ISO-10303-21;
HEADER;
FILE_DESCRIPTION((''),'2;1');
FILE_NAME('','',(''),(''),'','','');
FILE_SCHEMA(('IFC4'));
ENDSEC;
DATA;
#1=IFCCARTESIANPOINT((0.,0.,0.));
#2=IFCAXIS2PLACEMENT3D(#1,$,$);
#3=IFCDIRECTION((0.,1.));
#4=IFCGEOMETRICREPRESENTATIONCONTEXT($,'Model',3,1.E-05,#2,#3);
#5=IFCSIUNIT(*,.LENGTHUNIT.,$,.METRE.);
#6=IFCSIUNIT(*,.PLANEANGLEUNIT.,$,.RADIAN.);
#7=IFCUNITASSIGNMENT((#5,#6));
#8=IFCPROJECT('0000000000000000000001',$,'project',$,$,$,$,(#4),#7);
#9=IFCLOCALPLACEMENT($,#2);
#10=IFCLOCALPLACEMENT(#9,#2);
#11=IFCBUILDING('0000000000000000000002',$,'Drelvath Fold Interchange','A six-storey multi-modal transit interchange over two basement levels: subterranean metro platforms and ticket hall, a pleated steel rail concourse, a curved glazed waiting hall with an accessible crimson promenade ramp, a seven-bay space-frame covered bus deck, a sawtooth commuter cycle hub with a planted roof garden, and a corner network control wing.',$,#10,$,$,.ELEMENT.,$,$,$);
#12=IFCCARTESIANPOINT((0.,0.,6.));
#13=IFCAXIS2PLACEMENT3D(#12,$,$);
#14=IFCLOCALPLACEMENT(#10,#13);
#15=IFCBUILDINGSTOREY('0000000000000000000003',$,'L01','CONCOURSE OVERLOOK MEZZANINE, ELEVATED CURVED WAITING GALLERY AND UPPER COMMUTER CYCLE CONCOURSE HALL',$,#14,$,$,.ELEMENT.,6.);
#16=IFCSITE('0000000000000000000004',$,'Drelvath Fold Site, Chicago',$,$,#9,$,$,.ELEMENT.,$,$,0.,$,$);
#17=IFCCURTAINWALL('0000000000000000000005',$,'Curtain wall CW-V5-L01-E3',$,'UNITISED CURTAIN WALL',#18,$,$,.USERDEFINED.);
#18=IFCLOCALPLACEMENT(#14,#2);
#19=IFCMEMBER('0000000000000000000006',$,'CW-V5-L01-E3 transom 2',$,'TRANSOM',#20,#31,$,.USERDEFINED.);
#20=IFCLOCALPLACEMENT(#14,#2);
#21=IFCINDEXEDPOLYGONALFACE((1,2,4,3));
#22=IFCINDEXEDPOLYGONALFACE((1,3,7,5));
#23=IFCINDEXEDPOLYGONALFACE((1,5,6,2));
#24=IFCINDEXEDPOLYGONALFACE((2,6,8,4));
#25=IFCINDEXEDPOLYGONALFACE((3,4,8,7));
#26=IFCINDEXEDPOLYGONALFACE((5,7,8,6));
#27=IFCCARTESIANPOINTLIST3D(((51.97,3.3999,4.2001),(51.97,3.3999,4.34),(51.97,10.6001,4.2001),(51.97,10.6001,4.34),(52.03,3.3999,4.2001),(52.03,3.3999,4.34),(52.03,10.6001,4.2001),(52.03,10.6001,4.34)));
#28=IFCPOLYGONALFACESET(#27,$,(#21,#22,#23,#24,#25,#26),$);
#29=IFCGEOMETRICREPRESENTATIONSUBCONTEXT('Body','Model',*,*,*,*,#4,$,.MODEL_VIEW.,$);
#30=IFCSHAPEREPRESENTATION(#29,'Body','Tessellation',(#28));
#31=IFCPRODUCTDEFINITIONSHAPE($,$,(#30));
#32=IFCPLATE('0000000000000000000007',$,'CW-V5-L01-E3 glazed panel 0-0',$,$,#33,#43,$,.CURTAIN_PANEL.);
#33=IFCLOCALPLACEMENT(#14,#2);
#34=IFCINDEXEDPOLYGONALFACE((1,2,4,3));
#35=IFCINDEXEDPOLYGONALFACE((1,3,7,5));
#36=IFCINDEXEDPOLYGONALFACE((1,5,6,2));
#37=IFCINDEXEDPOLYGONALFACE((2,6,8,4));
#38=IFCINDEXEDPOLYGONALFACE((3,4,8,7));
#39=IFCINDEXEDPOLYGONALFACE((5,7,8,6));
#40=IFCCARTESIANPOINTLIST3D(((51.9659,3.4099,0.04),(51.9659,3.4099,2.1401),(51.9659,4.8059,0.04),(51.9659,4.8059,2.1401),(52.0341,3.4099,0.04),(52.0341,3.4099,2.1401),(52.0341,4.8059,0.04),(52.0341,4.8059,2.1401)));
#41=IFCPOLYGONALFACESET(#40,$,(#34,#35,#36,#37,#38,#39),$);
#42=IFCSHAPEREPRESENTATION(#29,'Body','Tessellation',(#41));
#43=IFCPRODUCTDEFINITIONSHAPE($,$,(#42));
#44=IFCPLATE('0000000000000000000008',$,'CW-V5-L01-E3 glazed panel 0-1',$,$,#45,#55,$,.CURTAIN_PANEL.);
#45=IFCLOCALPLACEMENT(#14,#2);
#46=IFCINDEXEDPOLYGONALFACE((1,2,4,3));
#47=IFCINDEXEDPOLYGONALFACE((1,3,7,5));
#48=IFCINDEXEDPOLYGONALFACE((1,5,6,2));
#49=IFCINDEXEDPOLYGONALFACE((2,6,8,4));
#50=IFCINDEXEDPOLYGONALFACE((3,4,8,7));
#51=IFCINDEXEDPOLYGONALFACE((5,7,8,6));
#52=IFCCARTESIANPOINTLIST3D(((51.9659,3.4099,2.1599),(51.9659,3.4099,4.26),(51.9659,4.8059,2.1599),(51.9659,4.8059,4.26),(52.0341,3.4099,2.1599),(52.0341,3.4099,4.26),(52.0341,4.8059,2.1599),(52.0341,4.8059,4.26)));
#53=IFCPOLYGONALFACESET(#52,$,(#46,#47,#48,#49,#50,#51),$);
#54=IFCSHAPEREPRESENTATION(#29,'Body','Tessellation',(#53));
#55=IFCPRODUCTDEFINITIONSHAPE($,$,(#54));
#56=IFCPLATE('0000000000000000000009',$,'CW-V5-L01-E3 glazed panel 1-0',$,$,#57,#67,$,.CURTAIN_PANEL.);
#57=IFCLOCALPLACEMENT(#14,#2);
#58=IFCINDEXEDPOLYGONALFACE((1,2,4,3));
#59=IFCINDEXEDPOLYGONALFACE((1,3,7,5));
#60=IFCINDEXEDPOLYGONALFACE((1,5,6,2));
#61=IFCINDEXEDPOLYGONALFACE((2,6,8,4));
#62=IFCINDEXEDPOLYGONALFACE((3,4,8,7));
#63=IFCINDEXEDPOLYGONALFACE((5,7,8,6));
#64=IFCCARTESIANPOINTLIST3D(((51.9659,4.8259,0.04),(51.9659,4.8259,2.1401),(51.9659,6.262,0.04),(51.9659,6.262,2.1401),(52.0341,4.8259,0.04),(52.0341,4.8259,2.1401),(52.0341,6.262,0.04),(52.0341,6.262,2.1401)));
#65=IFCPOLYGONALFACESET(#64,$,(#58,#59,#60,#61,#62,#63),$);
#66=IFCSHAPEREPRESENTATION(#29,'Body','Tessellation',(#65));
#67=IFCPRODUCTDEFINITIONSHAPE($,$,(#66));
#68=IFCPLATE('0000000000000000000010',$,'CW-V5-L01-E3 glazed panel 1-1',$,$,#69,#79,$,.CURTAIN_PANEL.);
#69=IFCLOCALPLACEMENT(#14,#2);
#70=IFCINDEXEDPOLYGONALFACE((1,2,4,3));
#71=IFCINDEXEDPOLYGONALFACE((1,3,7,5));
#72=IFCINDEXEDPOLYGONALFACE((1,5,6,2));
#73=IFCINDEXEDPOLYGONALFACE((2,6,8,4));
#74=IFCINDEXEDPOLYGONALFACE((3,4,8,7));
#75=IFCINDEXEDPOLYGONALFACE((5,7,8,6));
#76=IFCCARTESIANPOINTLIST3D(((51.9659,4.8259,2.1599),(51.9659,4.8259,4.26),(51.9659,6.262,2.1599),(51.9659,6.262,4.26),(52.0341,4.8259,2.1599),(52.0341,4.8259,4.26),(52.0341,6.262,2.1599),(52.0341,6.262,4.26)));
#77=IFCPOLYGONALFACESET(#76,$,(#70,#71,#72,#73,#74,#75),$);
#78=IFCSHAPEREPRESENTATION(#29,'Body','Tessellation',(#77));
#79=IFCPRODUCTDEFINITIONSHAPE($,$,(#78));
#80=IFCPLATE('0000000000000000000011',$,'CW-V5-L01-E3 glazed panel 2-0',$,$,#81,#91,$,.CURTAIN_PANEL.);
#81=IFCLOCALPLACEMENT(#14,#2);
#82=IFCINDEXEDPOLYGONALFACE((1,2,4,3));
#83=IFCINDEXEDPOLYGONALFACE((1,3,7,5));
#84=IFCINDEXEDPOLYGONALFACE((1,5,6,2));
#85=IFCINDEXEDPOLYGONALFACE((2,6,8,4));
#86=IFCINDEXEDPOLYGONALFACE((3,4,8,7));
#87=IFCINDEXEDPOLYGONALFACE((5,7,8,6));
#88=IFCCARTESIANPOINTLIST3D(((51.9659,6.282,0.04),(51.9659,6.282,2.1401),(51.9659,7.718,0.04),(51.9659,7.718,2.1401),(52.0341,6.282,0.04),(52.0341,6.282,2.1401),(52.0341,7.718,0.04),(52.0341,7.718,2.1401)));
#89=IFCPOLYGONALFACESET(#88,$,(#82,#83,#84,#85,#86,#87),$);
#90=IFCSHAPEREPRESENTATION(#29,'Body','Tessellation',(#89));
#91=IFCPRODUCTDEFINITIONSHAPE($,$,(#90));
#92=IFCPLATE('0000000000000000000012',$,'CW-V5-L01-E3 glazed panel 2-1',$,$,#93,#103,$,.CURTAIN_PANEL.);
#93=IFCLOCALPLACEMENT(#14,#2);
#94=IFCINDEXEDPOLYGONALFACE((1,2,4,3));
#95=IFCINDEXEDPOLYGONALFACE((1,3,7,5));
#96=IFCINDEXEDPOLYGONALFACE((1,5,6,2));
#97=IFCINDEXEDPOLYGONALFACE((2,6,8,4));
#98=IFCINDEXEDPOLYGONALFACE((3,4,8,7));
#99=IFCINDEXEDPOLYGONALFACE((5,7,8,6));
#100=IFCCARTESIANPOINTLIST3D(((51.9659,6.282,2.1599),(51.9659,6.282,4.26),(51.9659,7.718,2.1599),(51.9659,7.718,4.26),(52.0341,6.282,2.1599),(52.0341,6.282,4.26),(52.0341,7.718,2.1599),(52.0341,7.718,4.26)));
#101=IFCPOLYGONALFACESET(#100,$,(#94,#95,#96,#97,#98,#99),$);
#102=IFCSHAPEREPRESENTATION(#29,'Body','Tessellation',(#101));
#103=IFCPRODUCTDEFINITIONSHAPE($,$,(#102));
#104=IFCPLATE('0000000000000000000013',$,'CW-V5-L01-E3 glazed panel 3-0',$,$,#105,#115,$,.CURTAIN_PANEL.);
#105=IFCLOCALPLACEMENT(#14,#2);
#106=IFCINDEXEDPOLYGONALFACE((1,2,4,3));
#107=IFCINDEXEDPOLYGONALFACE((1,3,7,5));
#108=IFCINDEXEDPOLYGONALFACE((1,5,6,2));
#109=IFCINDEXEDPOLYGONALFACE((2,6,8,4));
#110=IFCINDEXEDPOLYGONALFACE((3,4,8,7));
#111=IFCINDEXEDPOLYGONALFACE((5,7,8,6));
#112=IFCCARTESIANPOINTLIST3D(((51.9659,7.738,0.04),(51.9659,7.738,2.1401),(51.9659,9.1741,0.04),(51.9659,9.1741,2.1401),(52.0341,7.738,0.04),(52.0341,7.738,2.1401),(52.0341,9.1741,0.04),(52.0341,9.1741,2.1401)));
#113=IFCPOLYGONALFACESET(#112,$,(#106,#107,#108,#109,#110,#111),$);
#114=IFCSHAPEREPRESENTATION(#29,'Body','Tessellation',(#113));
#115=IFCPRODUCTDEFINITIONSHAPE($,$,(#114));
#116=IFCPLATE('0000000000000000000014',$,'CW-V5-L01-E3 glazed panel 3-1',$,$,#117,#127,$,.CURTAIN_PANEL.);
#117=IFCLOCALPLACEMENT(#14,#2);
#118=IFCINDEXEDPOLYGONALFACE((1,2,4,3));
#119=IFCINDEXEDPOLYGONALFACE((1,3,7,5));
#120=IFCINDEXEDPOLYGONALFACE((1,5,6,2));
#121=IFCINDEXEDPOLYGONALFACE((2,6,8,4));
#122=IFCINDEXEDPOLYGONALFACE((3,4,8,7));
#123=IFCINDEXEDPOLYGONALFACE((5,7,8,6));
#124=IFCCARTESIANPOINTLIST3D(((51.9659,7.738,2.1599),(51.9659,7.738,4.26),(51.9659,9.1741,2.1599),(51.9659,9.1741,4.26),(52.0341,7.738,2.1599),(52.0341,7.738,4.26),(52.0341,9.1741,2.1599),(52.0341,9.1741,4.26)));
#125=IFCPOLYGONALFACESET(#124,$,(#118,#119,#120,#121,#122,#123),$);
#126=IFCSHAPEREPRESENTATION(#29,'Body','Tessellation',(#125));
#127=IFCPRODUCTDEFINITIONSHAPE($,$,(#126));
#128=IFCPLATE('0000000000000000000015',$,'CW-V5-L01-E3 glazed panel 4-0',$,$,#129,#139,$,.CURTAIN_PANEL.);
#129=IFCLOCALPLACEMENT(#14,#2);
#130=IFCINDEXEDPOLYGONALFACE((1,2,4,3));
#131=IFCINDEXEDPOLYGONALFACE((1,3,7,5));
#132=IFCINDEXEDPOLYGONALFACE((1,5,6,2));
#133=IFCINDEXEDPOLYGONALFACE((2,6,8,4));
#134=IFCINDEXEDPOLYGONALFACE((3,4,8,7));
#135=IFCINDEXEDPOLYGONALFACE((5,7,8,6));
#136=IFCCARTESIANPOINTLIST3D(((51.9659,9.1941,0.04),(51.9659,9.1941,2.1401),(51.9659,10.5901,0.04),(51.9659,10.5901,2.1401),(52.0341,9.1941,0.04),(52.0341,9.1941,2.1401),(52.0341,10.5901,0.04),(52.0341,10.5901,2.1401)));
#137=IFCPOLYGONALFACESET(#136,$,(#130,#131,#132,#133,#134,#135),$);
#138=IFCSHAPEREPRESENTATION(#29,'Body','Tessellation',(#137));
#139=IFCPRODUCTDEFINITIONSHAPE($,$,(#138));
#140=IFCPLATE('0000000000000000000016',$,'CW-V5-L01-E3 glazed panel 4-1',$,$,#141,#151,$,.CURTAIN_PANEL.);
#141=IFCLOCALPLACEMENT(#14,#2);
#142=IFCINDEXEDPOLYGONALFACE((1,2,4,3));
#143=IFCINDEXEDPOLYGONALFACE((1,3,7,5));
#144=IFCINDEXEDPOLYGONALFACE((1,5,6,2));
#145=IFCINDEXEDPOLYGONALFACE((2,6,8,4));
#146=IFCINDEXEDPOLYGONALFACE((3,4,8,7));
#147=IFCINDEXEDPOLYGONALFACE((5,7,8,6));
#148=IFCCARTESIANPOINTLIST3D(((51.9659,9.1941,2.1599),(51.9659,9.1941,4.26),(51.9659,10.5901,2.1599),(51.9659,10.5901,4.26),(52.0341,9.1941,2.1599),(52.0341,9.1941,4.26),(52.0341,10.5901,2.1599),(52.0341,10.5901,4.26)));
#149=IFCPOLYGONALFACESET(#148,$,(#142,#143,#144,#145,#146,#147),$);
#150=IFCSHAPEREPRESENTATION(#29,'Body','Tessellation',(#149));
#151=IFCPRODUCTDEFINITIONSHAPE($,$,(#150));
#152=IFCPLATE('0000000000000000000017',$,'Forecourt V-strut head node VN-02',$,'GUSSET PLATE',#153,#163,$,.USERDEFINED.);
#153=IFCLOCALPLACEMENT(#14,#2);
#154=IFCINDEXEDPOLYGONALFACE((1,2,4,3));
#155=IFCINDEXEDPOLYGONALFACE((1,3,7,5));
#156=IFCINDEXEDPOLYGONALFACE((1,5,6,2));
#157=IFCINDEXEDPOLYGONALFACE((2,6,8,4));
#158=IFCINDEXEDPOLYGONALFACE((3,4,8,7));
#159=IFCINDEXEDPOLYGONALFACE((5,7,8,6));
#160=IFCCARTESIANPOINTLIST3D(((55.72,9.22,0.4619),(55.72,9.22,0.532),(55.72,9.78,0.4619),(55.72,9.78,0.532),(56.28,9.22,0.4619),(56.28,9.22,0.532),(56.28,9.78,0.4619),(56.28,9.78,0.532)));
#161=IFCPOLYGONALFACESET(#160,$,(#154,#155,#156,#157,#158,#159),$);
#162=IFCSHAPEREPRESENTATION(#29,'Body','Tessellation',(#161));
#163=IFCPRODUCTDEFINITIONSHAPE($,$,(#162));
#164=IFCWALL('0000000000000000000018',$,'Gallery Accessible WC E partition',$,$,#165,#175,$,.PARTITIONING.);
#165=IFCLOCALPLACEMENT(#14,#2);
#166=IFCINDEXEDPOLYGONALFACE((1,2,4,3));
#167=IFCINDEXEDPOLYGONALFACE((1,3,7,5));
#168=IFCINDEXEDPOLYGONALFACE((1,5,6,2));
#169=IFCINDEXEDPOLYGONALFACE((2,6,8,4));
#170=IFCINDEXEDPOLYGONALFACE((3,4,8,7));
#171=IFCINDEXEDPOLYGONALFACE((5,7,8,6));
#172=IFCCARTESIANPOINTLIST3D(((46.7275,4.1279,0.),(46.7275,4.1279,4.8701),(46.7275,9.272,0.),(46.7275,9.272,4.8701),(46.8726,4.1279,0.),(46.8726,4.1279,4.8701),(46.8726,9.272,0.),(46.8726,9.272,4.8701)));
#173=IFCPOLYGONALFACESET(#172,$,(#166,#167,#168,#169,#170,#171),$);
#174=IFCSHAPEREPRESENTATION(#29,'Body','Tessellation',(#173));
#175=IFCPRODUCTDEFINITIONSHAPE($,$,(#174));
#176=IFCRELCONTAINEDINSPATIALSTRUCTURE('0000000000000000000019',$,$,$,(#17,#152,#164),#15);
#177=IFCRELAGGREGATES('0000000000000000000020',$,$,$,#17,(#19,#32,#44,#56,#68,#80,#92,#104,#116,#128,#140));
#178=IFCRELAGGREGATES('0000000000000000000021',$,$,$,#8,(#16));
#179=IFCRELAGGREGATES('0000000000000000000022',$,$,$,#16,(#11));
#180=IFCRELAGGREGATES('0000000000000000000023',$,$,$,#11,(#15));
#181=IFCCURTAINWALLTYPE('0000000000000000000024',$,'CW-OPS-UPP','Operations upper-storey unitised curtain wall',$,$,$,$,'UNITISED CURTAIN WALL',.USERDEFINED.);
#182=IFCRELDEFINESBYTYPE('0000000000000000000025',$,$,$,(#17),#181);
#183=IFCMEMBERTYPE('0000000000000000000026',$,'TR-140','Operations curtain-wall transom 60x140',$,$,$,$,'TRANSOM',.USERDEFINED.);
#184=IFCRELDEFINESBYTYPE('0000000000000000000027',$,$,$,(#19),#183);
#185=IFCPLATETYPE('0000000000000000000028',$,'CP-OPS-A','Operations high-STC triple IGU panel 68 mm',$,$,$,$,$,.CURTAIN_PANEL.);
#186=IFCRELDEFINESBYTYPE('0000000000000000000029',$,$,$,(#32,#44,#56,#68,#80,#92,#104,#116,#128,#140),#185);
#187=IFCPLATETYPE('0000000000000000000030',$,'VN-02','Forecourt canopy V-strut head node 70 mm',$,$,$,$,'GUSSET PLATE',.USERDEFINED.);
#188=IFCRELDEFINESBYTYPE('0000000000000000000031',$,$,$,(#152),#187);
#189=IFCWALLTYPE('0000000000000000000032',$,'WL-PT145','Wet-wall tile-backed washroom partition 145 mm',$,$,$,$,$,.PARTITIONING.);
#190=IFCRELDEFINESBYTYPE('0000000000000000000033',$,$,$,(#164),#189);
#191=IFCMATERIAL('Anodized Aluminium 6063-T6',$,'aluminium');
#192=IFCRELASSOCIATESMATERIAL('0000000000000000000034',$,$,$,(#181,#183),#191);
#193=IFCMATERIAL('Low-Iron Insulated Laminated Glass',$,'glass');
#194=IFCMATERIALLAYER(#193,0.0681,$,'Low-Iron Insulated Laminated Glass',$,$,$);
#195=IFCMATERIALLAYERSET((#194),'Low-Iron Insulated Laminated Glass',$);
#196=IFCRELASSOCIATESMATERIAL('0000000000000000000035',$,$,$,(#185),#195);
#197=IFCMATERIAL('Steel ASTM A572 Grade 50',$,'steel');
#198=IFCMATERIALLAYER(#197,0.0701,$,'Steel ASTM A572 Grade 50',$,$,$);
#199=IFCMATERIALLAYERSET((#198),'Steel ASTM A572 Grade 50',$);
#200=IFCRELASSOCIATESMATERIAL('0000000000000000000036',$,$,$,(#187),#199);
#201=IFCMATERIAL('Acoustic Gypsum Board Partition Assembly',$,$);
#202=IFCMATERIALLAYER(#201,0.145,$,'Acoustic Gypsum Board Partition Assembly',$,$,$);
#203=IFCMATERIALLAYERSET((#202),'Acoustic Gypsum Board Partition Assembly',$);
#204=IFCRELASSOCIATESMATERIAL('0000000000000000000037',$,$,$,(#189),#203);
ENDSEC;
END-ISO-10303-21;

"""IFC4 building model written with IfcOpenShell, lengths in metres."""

from ifc_helpers import new_model, si_unit, direction, frame, frame_2d, origin, origin_2d, place, context, subcontext, project, spatial, rectangle, extrude, material, layer, layer_set, material_profile, profile_set, type_object, element, aggregate, save


model = new_model("IFC4")

# Units and contexts
model_context = context("Model", 3, precision=1e-05, world=origin(), true_north=direction((0.0, 1.0)))
body_context = subcontext(model_context, "Body", "Model", "MODEL_VIEW")
ifc_project = project(units=[si_unit("LENGTHUNIT", "METRE"), si_unit("PLANEANGLEUNIT", "RADIAN")], contexts=[model_context])

# Site, building, storey
site_placement = place(None, origin())
site = spatial("IfcSite", under=ifc_project, at=site_placement, Name="Drelvath Fold Site, Chicago", CompositionType="ELEMENT", RefElevation=0.0)
building_placement = place(site_placement, origin())
building = spatial("IfcBuilding", under=site, at=building_placement, Name="Drelvath Fold Interchange", Description="A six-storey multi-modal transit interchange over two basement levels: subterranean metro platforms and ticket hall, a pleated steel rail concourse, a curved glazed waiting hall with an accessible crimson promenade ramp, a seven-bay space-frame covered bus deck, a sawtooth commuter cycle hub with a planted roof garden, and a corner network control wing.", CompositionType="ELEMENT")
storey_placement = place(building_placement, frame((0.0, 0.0, 6.0)))
storey = spatial("IfcBuildingStorey", under=building, at=storey_placement, Name="L01", Description="CONCOURSE OVERLOOK MEZZANINE, ELEVATED CURVED WAITING GALLERY AND UPPER COMMUTER CYCLE CONCOURSE HALL", CompositionType="ELEMENT", Elevation=6.0)

# Curtain wall, member, plates
ifc_material_1 = material(Name="Anodized Aluminium 6063-T6", Category="aluminium")
curtain_wall_type = type_object("IfcCurtainWallType", Name="CW-OPS-UPP", Description="Operations upper-storey unitised curtain wall", ElementType="UNITISED CURTAIN WALL", PredefinedType="USERDEFINED", material=ifc_material_1)
curtain_wall_placement = place(storey_placement, origin())
curtain_wall = element("IfcCurtainWall", 1, at=curtain_wall_placement, inside=storey, type_object=curtain_wall_type, Name="Curtain wall CW-V5-L01-E3", ObjectType="UNITISED CURTAIN WALL", PredefinedType="USERDEFINED")
ifc_material_profile_1 = material_profile(ifc_material_1, rectangle(XDim=0.0601, YDim=0.1399, at=origin_2d()), Name="AL-T 60x140")
ifc_profile_set_1 = profile_set([ifc_material_profile_1], Name="Anodized Aluminium 6063-T6")
member_type_1 = type_object("IfcMemberType", Name="TR-140", Description="Operations curtain-wall transom 60x140", ElementType="TRANSOM", PredefinedType="USERDEFINED", material=ifc_profile_set_1)
member_1_placement = place(storey_placement, frame((52.0, 3.3999, 4.27), z_axis=(0.0, 1.0, 0.0), x_axis=(-1.0, 0.0, 0.0)))
member_1 = element("IfcMember", 2, at=member_1_placement, type_object=member_type_1, Name="CW-V5-L01-E3 transom 2", ObjectType="TRANSOM", PredefinedType="USERDEFINED", context=body_context, shape_type="SweptSolid", body=[
    extrude(rectangle(XDim=0.0601, YDim=0.1399, at=origin_2d()), origin(), (0.0, 0.0, 1.0), 7.2002),
])
ifc_material_2 = material(Name="Low-Iron Insulated Laminated Glass", Category="glass")
ifc_layer_1 = layer(ifc_material_2, 0.0681, Name="Low-Iron Insulated Laminated Glass")
ifc_layer_set_1 = layer_set([ifc_layer_1], Name="Low-Iron Insulated Laminated Glass")
plate_type_1 = type_object("IfcPlateType", Name="CP-OPS-A", Description="Operations high-STC triple IGU panel 68 mm", PredefinedType="CURTAIN_PANEL", material=ifc_layer_set_1)
plate_1_placement = place(storey_placement, frame((52.0, 4.1079, 0.04), z_axis=(0.0, 0.0, 1.0), x_axis=(0.0, 1.0, 0.0)))
plate_1 = element("IfcPlate", 3, at=plate_1_placement, type_object=plate_type_1, Name="CW-V5-L01-E3 glazed panel 0-0", PredefinedType="CURTAIN_PANEL", context=body_context, shape_type="SweptSolid", body=[
    extrude(rectangle(XDim=1.396, YDim=0.0681, at=origin_2d()), origin(), (0.0, 0.0, 1.0), 2.1001),
])
plate_2_placement = place(storey_placement, frame((52.0, 4.1079, 2.1599), z_axis=(0.0, 0.0, 1.0), x_axis=(0.0, 1.0, 0.0)))
plate_2 = element("IfcPlate", 4, at=plate_2_placement, type_object=plate_type_1, Name="CW-V5-L01-E3 glazed panel 0-1", PredefinedType="CURTAIN_PANEL", context=body_context, shape_type="SweptSolid", body=[
    extrude(rectangle(XDim=1.396, YDim=0.0681, at=origin_2d()), origin(), (0.0, 0.0, 1.0), 2.1001),
])
plate_3_placement = place(storey_placement, frame((52.0, 5.5439, 0.04), z_axis=(0.0, 0.0, 1.0), x_axis=(0.0, 1.0, 0.0)))
plate_3 = element("IfcPlate", 5, at=plate_3_placement, type_object=plate_type_1, Name="CW-V5-L01-E3 glazed panel 1-0", PredefinedType="CURTAIN_PANEL", context=body_context, shape_type="SweptSolid", body=[
    extrude(rectangle(XDim=1.436, YDim=0.0681, at=origin_2d()), origin(), (0.0, 0.0, 1.0), 2.1001),
])
plate_4_placement = place(storey_placement, frame((52.0, 5.5439, 2.1599), z_axis=(0.0, 0.0, 1.0), x_axis=(0.0, 1.0, 0.0)))
plate_4 = element("IfcPlate", 6, at=plate_4_placement, type_object=plate_type_1, Name="CW-V5-L01-E3 glazed panel 1-1", PredefinedType="CURTAIN_PANEL", context=body_context, shape_type="SweptSolid", body=[
    extrude(rectangle(XDim=1.436, YDim=0.0681, at=origin_2d()), origin(), (0.0, 0.0, 1.0), 2.1001),
])
plate_5_placement = place(storey_placement, frame((52.0, 7.0, 0.04), z_axis=(0.0, 0.0, 1.0), x_axis=(0.0, 1.0, 0.0)))
plate_5 = element("IfcPlate", 7, at=plate_5_placement, type_object=plate_type_1, Name="CW-V5-L01-E3 glazed panel 2-0", PredefinedType="CURTAIN_PANEL", context=body_context, shape_type="SweptSolid", body=[
    extrude(rectangle(XDim=1.436, YDim=0.0681, at=origin_2d()), origin(), (0.0, 0.0, 1.0), 2.1001),
])
plate_6_placement = place(storey_placement, frame((52.0, 7.0, 2.1599), z_axis=(0.0, 0.0, 1.0), x_axis=(0.0, 1.0, 0.0)))
plate_6 = element("IfcPlate", 8, at=plate_6_placement, type_object=plate_type_1, Name="CW-V5-L01-E3 glazed panel 2-1", PredefinedType="CURTAIN_PANEL", context=body_context, shape_type="SweptSolid", body=[
    extrude(rectangle(XDim=1.436, YDim=0.0681, at=origin_2d()), origin(), (0.0, 0.0, 1.0), 2.1001),
])
plate_7_placement = place(storey_placement, frame((52.0, 8.4561, 0.04), z_axis=(0.0, 0.0, 1.0), x_axis=(0.0, 1.0, 0.0)))
plate_7 = element("IfcPlate", 9, at=plate_7_placement, type_object=plate_type_1, Name="CW-V5-L01-E3 glazed panel 3-0", PredefinedType="CURTAIN_PANEL", context=body_context, shape_type="SweptSolid", body=[
    extrude(rectangle(XDim=1.436, YDim=0.0681, at=origin_2d()), origin(), (0.0, 0.0, 1.0), 2.1001),
])
plate_8_placement = place(storey_placement, frame((52.0, 8.4561, 2.1599), z_axis=(0.0, 0.0, 1.0), x_axis=(0.0, 1.0, 0.0)))
plate_8 = element("IfcPlate", 10, at=plate_8_placement, type_object=plate_type_1, Name="CW-V5-L01-E3 glazed panel 3-1", PredefinedType="CURTAIN_PANEL", context=body_context, shape_type="SweptSolid", body=[
    extrude(rectangle(XDim=1.436, YDim=0.0681, at=origin_2d()), origin(), (0.0, 0.0, 1.0), 2.1001),
])
plate_9_placement = place(storey_placement, frame((52.0, 9.8921, 0.04), z_axis=(0.0, 0.0, 1.0), x_axis=(0.0, 1.0, 0.0)))
plate_9 = element("IfcPlate", 11, at=plate_9_placement, type_object=plate_type_1, Name="CW-V5-L01-E3 glazed panel 4-0", PredefinedType="CURTAIN_PANEL", context=body_context, shape_type="SweptSolid", body=[
    extrude(rectangle(XDim=1.396, YDim=0.0681, at=origin_2d()), origin(), (0.0, 0.0, 1.0), 2.1001),
])
plate_10_placement = place(storey_placement, frame((52.0, 9.8921, 2.1599), z_axis=(0.0, 0.0, 1.0), x_axis=(0.0, 1.0, 0.0)))
plate_10 = element("IfcPlate", 12, at=plate_10_placement, type_object=plate_type_1, Name="CW-V5-L01-E3 glazed panel 4-1", PredefinedType="CURTAIN_PANEL", context=body_context, shape_type="SweptSolid", body=[
    extrude(rectangle(XDim=1.396, YDim=0.0681, at=origin_2d()), origin(), (0.0, 0.0, 1.0), 2.1001),
])
aggregate(curtain_wall, [member_1, plate_1, plate_2, plate_3, plate_4, plate_5, plate_6, plate_7, plate_8, plate_9, plate_10])

# Plate
ifc_material_3 = material(Name="Steel ASTM A572 Grade 50", Category="steel")
ifc_layer_2 = layer(ifc_material_3, 0.0701, Name="Steel ASTM A572 Grade 50")
ifc_layer_set_2 = layer_set([ifc_layer_2], Name="Steel ASTM A572 Grade 50")
plate_type_2 = type_object("IfcPlateType", Name="VN-02", Description="Forecourt canopy V-strut head node 70 mm", ElementType="GUSSET PLATE", PredefinedType="USERDEFINED", material=ifc_layer_set_2)
plate_11_placement = place(storey_placement, frame((56.0, 9.5, 0.4619), z_axis=(0.0, 0.0, 1.0), x_axis=(1.0, 0.0, 0.0)))
element("IfcPlate", 13, at=plate_11_placement, inside=storey, type_object=plate_type_2, Name="Forecourt V-strut head node VN-02", ObjectType="GUSSET PLATE", PredefinedType="USERDEFINED", context=body_context, shape_type="SweptSolid", body=[
    extrude(rectangle(XDim=0.5601, YDim=0.5601, at=origin_2d()), origin(), (0.0, 0.0, 1.0), 0.0701),
])

# Wall
ifc_material_4 = material(Name="Acoustic Gypsum Board Partition Assembly")
ifc_layer_3 = layer(ifc_material_4, 0.145, Name="Acoustic Gypsum Board Partition Assembly")
ifc_layer_set_3 = layer_set([ifc_layer_3], Name="Acoustic Gypsum Board Partition Assembly")
wall_type = type_object("IfcWallType", Name="WL-PT145", Description="Wet-wall tile-backed washroom partition 145 mm", PredefinedType="PARTITIONING", material=ifc_layer_set_3)
wall_1_placement = place(storey_placement, frame((46.8, 4.1279, 0.0), z_axis=(0.0, 0.0, 1.0), x_axis=(0.0, 1.0, 0.0)))
element("IfcWall", 14, at=wall_1_placement, inside=storey, type_object=wall_type, Name="Gallery Accessible WC E partition", PredefinedType="PARTITIONING", context=body_context, shape_type="SweptSolid", body=[
    extrude(rectangle(XDim=5.144, YDim=0.145, at=frame_2d((2.572, 0.0))), origin(), (0.0, 0.0, 1.0), 4.8701),
])

save(model, "model.ifc")
